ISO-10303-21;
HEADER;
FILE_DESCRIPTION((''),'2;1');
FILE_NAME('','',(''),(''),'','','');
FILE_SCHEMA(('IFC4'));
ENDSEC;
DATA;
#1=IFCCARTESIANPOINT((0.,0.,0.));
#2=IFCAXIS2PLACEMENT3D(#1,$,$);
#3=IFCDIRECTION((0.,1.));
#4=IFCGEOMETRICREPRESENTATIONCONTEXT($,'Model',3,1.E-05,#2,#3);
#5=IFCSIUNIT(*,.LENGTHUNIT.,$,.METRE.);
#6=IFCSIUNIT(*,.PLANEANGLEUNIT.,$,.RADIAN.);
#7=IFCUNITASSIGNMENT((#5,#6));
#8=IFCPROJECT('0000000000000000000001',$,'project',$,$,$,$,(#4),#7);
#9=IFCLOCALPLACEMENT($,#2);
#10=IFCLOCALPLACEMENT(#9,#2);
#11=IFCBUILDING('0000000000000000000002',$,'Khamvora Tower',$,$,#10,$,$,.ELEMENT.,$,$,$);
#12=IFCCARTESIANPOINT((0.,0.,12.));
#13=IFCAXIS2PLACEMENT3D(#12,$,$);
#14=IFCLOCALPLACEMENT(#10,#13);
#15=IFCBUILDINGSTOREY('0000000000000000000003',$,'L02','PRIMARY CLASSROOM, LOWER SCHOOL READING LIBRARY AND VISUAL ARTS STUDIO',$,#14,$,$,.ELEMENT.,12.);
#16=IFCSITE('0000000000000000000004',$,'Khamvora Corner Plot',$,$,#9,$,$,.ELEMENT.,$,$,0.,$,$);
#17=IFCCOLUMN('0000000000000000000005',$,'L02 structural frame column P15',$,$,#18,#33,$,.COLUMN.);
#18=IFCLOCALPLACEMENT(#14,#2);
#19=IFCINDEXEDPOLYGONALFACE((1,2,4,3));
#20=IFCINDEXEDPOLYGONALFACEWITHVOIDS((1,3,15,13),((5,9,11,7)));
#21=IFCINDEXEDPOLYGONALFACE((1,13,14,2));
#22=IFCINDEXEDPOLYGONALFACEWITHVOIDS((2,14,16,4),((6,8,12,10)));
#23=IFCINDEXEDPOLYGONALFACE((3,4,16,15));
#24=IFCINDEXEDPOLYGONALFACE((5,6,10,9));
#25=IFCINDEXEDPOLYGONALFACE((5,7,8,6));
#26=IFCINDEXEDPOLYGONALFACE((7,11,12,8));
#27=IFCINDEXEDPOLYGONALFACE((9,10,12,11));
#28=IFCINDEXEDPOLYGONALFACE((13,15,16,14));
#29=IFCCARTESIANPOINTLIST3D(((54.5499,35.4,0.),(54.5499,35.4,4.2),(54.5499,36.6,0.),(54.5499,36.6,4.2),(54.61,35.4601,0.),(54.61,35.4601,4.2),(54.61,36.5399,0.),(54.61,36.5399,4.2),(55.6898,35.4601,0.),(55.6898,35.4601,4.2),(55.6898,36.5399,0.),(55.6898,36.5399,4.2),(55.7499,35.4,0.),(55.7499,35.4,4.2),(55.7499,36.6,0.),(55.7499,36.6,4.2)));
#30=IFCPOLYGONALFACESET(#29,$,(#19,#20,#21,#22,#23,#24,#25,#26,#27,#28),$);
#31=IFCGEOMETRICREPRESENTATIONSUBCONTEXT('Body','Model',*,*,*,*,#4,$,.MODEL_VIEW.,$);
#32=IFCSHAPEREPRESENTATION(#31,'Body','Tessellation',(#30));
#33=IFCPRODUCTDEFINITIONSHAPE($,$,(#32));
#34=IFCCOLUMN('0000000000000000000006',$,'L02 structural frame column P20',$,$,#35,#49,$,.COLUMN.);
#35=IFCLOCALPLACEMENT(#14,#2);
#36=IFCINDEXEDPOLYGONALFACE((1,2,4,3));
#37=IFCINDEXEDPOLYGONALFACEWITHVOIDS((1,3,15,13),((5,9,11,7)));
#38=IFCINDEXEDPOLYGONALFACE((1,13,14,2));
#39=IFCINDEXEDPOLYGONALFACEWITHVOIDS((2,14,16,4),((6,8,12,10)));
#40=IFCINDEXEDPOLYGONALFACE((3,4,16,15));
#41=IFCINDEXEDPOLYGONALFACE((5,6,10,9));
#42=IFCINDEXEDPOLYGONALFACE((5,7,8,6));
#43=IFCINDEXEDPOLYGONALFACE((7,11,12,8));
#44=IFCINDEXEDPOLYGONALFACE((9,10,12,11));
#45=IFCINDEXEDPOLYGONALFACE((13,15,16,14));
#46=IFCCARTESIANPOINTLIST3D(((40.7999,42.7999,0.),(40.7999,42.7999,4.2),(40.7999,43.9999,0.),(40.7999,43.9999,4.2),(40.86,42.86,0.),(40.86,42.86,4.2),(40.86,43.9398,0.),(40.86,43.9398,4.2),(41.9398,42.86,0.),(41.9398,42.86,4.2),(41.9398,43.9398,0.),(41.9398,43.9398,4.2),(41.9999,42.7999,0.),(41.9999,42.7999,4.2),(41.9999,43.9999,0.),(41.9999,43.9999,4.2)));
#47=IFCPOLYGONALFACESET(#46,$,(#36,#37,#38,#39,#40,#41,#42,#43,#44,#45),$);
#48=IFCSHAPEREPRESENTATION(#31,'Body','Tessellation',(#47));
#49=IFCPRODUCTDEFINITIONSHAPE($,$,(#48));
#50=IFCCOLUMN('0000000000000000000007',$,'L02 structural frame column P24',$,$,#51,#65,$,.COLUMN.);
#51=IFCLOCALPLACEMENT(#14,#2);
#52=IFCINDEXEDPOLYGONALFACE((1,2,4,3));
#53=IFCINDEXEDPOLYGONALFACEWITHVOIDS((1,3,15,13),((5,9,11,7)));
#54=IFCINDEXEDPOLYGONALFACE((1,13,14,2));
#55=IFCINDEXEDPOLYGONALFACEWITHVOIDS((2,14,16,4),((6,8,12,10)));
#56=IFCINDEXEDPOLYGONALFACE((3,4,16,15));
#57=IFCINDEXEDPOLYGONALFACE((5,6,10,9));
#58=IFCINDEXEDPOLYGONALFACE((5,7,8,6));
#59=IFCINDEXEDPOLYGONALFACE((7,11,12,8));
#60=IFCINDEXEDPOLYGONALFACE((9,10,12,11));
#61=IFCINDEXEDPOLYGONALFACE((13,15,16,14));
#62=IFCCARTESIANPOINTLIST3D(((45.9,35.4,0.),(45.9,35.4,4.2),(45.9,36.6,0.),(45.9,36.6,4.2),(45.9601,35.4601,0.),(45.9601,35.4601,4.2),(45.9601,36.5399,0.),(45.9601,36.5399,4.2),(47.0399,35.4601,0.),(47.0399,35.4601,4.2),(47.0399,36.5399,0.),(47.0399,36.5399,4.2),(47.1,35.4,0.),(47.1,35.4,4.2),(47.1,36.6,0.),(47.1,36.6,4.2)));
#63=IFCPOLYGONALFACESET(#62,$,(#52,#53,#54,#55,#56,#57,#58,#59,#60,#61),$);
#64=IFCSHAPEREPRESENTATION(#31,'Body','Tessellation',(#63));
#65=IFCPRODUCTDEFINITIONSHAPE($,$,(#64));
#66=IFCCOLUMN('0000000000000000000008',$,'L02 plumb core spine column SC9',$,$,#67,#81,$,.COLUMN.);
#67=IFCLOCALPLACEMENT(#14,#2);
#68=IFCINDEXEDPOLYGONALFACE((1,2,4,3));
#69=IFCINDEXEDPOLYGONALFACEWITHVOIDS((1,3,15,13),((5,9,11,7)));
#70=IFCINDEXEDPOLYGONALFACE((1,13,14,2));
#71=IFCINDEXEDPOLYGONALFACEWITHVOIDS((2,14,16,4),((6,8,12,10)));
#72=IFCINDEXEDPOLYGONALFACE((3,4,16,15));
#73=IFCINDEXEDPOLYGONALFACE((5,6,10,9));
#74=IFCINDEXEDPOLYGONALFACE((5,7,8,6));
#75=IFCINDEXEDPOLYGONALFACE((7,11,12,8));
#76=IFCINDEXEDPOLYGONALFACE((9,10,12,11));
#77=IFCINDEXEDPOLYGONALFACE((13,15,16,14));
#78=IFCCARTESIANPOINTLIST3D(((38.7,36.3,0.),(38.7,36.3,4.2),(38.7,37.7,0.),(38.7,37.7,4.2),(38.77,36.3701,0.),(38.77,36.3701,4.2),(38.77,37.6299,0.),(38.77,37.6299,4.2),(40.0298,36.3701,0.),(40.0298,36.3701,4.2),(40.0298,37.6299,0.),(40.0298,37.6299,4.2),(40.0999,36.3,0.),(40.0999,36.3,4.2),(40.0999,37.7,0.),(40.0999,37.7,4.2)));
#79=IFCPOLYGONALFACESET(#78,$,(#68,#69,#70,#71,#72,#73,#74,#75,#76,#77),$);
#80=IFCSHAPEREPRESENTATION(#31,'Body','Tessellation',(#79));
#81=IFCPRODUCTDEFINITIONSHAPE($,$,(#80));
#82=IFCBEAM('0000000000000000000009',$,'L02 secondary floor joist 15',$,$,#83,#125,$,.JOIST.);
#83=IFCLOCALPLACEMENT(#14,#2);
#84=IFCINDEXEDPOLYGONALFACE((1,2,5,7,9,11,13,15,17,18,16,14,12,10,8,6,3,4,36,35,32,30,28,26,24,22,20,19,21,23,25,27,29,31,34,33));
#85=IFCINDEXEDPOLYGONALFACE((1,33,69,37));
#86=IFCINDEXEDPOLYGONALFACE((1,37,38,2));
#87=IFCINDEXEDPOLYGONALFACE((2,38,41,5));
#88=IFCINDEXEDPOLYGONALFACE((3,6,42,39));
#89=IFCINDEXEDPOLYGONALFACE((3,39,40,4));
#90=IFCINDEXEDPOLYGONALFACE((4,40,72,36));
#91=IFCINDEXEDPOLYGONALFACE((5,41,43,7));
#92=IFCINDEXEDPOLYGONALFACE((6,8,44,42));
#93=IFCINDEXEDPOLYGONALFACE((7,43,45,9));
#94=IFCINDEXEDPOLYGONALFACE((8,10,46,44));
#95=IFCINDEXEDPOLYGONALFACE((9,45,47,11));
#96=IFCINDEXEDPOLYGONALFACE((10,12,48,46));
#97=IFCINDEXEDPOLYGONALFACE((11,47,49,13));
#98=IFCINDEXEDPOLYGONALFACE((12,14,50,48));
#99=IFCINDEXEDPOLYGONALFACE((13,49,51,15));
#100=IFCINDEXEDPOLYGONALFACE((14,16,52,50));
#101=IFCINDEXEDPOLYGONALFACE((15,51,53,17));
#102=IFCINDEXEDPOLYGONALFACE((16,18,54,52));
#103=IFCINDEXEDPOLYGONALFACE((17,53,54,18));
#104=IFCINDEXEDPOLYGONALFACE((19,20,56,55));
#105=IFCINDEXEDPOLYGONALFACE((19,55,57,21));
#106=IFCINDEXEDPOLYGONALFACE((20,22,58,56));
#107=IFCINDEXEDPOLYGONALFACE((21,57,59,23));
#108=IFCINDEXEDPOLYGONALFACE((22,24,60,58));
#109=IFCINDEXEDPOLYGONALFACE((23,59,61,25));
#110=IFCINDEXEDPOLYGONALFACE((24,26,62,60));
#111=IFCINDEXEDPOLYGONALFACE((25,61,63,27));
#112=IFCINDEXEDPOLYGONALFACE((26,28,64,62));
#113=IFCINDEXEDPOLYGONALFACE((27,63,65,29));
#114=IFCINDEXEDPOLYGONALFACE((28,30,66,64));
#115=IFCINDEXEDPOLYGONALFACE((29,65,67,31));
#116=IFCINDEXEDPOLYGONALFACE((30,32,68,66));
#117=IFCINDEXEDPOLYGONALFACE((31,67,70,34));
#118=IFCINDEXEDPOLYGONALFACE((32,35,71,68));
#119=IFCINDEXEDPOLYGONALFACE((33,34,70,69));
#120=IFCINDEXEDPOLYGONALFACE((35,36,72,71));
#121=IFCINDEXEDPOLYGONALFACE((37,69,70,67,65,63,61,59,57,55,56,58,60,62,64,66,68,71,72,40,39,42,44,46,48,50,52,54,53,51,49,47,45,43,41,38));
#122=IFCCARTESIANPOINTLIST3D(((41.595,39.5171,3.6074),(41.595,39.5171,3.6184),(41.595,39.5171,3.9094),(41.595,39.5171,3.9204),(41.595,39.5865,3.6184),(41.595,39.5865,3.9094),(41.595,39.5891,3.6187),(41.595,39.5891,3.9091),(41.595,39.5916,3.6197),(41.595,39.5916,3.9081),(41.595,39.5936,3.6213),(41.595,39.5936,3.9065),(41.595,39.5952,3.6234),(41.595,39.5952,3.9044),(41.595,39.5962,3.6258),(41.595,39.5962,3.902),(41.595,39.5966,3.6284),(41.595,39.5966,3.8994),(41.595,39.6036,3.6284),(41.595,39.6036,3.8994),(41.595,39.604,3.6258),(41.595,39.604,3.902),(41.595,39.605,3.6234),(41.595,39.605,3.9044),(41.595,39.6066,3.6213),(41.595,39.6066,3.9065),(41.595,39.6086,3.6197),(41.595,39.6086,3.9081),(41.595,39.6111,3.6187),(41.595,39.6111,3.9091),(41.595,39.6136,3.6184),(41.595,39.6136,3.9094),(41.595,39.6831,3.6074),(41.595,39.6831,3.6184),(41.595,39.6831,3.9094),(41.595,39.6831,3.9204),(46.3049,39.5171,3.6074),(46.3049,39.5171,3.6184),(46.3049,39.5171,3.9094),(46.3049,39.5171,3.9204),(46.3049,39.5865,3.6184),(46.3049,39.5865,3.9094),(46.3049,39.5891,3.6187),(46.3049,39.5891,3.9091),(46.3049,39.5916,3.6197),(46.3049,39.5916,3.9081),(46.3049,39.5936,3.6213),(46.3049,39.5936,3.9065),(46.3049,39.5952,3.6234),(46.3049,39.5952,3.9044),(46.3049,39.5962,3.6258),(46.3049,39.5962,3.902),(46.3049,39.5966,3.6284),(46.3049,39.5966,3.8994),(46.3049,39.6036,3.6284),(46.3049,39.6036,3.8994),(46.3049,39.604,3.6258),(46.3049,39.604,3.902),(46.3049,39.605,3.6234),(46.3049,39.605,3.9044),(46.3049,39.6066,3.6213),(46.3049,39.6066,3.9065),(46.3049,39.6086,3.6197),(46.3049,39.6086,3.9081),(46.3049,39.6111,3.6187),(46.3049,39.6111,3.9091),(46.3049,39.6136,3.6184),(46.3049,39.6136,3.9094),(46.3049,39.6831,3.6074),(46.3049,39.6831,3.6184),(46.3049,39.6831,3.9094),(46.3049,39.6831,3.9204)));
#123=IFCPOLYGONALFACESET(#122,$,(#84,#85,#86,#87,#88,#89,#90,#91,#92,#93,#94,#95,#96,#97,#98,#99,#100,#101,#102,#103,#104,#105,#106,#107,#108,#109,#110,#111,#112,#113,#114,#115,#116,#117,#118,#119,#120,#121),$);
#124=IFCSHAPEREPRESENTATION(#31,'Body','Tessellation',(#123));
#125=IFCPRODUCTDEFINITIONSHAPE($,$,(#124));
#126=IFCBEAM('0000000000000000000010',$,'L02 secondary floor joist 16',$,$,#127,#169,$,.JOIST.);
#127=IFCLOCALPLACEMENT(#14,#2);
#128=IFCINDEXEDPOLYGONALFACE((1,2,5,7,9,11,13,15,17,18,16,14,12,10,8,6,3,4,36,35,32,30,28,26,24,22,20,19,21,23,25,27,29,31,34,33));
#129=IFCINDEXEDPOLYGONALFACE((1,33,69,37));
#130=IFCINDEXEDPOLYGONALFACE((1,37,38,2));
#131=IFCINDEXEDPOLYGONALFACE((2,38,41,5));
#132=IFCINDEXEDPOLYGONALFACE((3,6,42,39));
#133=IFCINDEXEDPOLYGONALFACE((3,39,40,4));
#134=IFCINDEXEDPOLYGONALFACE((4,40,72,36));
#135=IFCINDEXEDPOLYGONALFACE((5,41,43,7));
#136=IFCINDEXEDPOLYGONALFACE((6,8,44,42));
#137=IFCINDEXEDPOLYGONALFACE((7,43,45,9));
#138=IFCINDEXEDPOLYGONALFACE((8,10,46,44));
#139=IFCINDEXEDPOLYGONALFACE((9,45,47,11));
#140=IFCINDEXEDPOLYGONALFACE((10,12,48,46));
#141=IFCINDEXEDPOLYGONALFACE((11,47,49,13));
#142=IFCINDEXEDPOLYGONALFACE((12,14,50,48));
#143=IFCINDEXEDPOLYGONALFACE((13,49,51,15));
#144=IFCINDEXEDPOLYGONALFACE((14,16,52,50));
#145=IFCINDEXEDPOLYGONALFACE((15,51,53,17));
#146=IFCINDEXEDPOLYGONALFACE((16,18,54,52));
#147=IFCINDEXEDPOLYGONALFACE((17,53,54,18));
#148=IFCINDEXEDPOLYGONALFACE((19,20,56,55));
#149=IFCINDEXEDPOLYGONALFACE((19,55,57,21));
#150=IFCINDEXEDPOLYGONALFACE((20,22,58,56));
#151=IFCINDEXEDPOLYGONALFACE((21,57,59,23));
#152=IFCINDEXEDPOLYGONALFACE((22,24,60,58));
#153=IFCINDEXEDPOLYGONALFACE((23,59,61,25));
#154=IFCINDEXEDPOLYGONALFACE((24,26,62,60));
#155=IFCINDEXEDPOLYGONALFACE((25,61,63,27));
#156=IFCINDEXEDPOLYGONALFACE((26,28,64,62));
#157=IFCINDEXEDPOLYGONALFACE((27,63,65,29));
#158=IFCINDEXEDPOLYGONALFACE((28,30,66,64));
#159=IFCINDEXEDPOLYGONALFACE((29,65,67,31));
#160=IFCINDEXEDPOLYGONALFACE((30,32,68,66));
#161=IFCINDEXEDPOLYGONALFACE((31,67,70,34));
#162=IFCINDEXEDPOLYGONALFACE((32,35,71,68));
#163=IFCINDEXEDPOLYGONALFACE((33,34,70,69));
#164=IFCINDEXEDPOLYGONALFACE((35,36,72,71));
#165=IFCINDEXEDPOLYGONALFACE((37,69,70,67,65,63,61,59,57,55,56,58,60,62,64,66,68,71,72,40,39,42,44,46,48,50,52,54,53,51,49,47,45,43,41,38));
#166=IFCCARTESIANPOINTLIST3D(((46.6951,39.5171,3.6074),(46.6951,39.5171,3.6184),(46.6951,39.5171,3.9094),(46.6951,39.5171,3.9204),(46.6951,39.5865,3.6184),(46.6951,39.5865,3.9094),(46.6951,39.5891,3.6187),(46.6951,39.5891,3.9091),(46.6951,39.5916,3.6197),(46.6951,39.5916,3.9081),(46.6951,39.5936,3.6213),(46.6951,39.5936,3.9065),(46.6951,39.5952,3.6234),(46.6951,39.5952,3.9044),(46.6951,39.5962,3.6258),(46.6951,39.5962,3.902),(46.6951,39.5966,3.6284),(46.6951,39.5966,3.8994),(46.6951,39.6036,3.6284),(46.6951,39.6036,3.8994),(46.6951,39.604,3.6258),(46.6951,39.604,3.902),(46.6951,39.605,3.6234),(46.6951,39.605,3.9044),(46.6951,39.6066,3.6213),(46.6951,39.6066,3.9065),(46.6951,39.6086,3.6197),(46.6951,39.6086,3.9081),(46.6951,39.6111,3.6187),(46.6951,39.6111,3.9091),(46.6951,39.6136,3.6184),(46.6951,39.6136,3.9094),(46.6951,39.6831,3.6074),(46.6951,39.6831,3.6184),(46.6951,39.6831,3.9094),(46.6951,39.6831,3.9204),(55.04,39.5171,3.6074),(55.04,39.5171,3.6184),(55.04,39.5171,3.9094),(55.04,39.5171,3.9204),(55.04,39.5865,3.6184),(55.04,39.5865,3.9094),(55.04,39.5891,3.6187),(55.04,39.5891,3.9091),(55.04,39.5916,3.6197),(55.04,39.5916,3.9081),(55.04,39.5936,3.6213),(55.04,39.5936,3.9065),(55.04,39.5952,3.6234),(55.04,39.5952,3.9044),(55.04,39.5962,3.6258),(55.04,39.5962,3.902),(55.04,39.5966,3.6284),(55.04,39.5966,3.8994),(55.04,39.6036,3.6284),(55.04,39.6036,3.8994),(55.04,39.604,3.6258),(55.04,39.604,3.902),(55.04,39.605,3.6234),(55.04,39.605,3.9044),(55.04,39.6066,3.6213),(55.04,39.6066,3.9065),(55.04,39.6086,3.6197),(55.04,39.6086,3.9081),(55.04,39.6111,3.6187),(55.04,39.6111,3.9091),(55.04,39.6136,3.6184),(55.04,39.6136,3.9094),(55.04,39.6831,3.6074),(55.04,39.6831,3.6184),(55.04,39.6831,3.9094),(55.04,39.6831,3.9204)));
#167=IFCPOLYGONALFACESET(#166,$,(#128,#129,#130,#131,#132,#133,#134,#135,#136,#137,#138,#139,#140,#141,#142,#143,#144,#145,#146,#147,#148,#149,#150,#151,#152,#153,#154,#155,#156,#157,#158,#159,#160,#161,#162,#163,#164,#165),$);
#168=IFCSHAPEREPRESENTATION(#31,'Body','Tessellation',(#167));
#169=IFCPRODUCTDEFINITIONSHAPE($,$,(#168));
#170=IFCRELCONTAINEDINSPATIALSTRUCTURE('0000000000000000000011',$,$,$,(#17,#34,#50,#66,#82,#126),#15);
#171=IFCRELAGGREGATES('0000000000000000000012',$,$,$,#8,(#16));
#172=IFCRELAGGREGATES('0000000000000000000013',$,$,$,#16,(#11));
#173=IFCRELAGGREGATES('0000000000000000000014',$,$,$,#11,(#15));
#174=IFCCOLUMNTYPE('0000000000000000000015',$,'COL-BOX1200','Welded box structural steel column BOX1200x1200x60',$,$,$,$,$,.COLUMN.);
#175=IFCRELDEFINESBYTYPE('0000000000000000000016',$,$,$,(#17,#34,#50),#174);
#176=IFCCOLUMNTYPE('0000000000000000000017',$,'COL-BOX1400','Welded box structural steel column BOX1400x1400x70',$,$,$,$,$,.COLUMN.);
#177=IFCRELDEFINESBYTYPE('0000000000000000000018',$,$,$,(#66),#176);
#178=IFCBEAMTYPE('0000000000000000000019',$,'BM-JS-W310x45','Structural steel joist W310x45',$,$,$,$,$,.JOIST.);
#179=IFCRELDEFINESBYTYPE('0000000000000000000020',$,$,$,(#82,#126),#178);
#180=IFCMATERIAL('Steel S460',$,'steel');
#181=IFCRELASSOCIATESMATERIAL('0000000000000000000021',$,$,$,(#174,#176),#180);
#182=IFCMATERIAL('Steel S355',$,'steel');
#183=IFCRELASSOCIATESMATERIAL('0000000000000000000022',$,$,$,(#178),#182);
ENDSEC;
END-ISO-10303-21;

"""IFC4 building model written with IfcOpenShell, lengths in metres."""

from ifc_helpers import new_model, si_unit, direction, frame, origin, origin_2d, place, context, subcontext, project, spatial, hollow_rectangle, i_section, extrude, material, material_profile, profile_set, type_object, element, save


model = new_model("IFC4")

# Units and contexts
model_context = context("Model", 3, precision=1e-05, world=origin(), true_north=direction((0.0, 1.0)))
body_context = subcontext(model_context, "Body", "Model", "MODEL_VIEW")
ifc_project = project(units=[si_unit("LENGTHUNIT", "METRE"), si_unit("PLANEANGLEUNIT", "RADIAN")], contexts=[model_context])

# Site, building, storey
site_placement = place(None, origin())
site = spatial("IfcSite", under=ifc_project, at=site_placement, Name="Khamvora Corner Plot", CompositionType="ELEMENT", RefElevation=0.0)
building_placement = place(site_placement, origin())
building = spatial("IfcBuilding", under=site, at=building_placement, Name="Khamvora Tower", CompositionType="ELEMENT")
storey_placement = place(building_placement, frame((0.0, 0.0, 12.0)))
storey = spatial("IfcBuildingStorey", under=building, at=storey_placement, Name="L02", Description="PRIMARY CLASSROOM, LOWER SCHOOL READING LIBRARY AND VISUAL ARTS STUDIO", CompositionType="ELEMENT", Elevation=12.0)

# Columns
ifc_material_1 = material(Name="Steel S460", Category="steel")
ifc_material_profile_1 = material_profile(ifc_material_1, hollow_rectangle(XDim=1.2, YDim=1.2, WallThickness=0.0601, at=origin_2d()), Name="BOX1200x1200x60")
ifc_profile_set_1 = profile_set([ifc_material_profile_1], Name="Steel S460")
column_type_1 = type_object("IfcColumnType", Name="COL-BOX1200", Description="Welded box structural steel column BOX1200x1200x60", PredefinedType="COLUMN", material=ifc_profile_set_1)
for number, where, z_axis, x_axis, name in (
    (1, (55.1499, 36.0, 0.0), (0.0, 0.0, 1.0), (1.0, 0.0, 0.0), "L02 structural frame column P15"),
    (2, (41.3999, 43.3999, 0.0), (0.0, 0.0, 1.0), (1.0, 0.0, 0.0), "L02 structural frame column P20"),
    (3, (46.5, 36.0, 0.0), (0.0, 0.0, 1.0), (1.0, 0.0, 0.0), "L02 structural frame column P24"),
):
    element("IfcColumn", number, at=place(storey_placement, frame(where, z_axis=z_axis, x_axis=x_axis)), inside=storey, type_object=column_type_1, Name=name, PredefinedType="COLUMN", context=body_context, shape_type="SweptSolid", body=[
        extrude(hollow_rectangle(XDim=1.2, YDim=1.2, WallThickness=0.0601, at=origin_2d()), origin(), (0.0, 0.0, 1.0), 4.2),
    ])
ifc_material_profile_2 = material_profile(ifc_material_1, hollow_rectangle(XDim=1.3999, YDim=1.3999, WallThickness=0.0701, at=origin_2d()), Name="BOX1400x1400x70")
ifc_profile_set_2 = profile_set([ifc_material_profile_2], Name="Steel S460")
column_type_2 = type_object("IfcColumnType", Name="COL-BOX1400", Description="Welded box structural steel column BOX1400x1400x70", PredefinedType="COLUMN", material=ifc_profile_set_2)
column_placement = place(storey_placement, frame((39.3999, 37.0, 0.0), z_axis=(0.0, 0.0, 1.0), x_axis=(1.0, 0.0, 0.0)))
element("IfcColumn", 4, at=column_placement, inside=storey, type_object=column_type_2, Name="L02 plumb core spine column SC9", PredefinedType="COLUMN", context=body_context, shape_type="SweptSolid", body=[
    extrude(hollow_rectangle(XDim=1.3999, YDim=1.3999, WallThickness=0.0701, at=origin_2d()), origin(), (0.0, 0.0, 1.0), 4.2),
])

# Beams
ifc_material_2 = material(Name="Steel S355", Category="steel")
ifc_material_profile_3 = material_profile(ifc_material_2, i_section(OverallWidth=0.166, OverallDepth=0.313, WebThickness=0.0071, FlangeThickness=0.011, FilletRadius=0.01, at=origin_2d()), Name="W310x45")
ifc_profile_set_3 = profile_set([ifc_material_profile_3], Name="Steel S355")
beam_type_1 = type_object("IfcBeamType", Name="BM-JS-W310x45", Description="Structural steel joist W310x45", PredefinedType="JOIST", material=ifc_profile_set_3)
beam_1_placement = place(storey_placement, frame((41.595, 39.6001, 3.7639), z_axis=(1.0, 0.0, 0.0), x_axis=(0.0, 1.0, 0.0)))
element("IfcBeam", 5, at=beam_1_placement, inside=storey, type_object=beam_type_1, Name="L02 secondary floor joist 15", PredefinedType="JOIST", context=body_context, shape_type="SweptSolid", body=[
    extrude(i_section(OverallWidth=0.166, OverallDepth=0.313, WebThickness=0.0071, FlangeThickness=0.011, FilletRadius=0.01, at=origin_2d()), origin(), (0.0, 0.0, 1.0), 4.71),
])
beam_2_placement = place(storey_placement, frame((46.6951, 39.6001, 3.7639), z_axis=(1.0, 0.0, 0.0), x_axis=(0.0, 1.0, 0.0)))
element("IfcBeam", 6, at=beam_2_placement, inside=storey, type_object=beam_type_1, Name="L02 secondary floor joist 16", PredefinedType="JOIST", context=body_context, shape_type="SweptSolid", body=[
    extrude(i_section(OverallWidth=0.166, OverallDepth=0.313, WebThickness=0.0071, FlangeThickness=0.011, FilletRadius=0.01, at=origin_2d()), origin(), (0.0, 0.0, 1.0), 8.345),
])

save(model, "model.ifc")
